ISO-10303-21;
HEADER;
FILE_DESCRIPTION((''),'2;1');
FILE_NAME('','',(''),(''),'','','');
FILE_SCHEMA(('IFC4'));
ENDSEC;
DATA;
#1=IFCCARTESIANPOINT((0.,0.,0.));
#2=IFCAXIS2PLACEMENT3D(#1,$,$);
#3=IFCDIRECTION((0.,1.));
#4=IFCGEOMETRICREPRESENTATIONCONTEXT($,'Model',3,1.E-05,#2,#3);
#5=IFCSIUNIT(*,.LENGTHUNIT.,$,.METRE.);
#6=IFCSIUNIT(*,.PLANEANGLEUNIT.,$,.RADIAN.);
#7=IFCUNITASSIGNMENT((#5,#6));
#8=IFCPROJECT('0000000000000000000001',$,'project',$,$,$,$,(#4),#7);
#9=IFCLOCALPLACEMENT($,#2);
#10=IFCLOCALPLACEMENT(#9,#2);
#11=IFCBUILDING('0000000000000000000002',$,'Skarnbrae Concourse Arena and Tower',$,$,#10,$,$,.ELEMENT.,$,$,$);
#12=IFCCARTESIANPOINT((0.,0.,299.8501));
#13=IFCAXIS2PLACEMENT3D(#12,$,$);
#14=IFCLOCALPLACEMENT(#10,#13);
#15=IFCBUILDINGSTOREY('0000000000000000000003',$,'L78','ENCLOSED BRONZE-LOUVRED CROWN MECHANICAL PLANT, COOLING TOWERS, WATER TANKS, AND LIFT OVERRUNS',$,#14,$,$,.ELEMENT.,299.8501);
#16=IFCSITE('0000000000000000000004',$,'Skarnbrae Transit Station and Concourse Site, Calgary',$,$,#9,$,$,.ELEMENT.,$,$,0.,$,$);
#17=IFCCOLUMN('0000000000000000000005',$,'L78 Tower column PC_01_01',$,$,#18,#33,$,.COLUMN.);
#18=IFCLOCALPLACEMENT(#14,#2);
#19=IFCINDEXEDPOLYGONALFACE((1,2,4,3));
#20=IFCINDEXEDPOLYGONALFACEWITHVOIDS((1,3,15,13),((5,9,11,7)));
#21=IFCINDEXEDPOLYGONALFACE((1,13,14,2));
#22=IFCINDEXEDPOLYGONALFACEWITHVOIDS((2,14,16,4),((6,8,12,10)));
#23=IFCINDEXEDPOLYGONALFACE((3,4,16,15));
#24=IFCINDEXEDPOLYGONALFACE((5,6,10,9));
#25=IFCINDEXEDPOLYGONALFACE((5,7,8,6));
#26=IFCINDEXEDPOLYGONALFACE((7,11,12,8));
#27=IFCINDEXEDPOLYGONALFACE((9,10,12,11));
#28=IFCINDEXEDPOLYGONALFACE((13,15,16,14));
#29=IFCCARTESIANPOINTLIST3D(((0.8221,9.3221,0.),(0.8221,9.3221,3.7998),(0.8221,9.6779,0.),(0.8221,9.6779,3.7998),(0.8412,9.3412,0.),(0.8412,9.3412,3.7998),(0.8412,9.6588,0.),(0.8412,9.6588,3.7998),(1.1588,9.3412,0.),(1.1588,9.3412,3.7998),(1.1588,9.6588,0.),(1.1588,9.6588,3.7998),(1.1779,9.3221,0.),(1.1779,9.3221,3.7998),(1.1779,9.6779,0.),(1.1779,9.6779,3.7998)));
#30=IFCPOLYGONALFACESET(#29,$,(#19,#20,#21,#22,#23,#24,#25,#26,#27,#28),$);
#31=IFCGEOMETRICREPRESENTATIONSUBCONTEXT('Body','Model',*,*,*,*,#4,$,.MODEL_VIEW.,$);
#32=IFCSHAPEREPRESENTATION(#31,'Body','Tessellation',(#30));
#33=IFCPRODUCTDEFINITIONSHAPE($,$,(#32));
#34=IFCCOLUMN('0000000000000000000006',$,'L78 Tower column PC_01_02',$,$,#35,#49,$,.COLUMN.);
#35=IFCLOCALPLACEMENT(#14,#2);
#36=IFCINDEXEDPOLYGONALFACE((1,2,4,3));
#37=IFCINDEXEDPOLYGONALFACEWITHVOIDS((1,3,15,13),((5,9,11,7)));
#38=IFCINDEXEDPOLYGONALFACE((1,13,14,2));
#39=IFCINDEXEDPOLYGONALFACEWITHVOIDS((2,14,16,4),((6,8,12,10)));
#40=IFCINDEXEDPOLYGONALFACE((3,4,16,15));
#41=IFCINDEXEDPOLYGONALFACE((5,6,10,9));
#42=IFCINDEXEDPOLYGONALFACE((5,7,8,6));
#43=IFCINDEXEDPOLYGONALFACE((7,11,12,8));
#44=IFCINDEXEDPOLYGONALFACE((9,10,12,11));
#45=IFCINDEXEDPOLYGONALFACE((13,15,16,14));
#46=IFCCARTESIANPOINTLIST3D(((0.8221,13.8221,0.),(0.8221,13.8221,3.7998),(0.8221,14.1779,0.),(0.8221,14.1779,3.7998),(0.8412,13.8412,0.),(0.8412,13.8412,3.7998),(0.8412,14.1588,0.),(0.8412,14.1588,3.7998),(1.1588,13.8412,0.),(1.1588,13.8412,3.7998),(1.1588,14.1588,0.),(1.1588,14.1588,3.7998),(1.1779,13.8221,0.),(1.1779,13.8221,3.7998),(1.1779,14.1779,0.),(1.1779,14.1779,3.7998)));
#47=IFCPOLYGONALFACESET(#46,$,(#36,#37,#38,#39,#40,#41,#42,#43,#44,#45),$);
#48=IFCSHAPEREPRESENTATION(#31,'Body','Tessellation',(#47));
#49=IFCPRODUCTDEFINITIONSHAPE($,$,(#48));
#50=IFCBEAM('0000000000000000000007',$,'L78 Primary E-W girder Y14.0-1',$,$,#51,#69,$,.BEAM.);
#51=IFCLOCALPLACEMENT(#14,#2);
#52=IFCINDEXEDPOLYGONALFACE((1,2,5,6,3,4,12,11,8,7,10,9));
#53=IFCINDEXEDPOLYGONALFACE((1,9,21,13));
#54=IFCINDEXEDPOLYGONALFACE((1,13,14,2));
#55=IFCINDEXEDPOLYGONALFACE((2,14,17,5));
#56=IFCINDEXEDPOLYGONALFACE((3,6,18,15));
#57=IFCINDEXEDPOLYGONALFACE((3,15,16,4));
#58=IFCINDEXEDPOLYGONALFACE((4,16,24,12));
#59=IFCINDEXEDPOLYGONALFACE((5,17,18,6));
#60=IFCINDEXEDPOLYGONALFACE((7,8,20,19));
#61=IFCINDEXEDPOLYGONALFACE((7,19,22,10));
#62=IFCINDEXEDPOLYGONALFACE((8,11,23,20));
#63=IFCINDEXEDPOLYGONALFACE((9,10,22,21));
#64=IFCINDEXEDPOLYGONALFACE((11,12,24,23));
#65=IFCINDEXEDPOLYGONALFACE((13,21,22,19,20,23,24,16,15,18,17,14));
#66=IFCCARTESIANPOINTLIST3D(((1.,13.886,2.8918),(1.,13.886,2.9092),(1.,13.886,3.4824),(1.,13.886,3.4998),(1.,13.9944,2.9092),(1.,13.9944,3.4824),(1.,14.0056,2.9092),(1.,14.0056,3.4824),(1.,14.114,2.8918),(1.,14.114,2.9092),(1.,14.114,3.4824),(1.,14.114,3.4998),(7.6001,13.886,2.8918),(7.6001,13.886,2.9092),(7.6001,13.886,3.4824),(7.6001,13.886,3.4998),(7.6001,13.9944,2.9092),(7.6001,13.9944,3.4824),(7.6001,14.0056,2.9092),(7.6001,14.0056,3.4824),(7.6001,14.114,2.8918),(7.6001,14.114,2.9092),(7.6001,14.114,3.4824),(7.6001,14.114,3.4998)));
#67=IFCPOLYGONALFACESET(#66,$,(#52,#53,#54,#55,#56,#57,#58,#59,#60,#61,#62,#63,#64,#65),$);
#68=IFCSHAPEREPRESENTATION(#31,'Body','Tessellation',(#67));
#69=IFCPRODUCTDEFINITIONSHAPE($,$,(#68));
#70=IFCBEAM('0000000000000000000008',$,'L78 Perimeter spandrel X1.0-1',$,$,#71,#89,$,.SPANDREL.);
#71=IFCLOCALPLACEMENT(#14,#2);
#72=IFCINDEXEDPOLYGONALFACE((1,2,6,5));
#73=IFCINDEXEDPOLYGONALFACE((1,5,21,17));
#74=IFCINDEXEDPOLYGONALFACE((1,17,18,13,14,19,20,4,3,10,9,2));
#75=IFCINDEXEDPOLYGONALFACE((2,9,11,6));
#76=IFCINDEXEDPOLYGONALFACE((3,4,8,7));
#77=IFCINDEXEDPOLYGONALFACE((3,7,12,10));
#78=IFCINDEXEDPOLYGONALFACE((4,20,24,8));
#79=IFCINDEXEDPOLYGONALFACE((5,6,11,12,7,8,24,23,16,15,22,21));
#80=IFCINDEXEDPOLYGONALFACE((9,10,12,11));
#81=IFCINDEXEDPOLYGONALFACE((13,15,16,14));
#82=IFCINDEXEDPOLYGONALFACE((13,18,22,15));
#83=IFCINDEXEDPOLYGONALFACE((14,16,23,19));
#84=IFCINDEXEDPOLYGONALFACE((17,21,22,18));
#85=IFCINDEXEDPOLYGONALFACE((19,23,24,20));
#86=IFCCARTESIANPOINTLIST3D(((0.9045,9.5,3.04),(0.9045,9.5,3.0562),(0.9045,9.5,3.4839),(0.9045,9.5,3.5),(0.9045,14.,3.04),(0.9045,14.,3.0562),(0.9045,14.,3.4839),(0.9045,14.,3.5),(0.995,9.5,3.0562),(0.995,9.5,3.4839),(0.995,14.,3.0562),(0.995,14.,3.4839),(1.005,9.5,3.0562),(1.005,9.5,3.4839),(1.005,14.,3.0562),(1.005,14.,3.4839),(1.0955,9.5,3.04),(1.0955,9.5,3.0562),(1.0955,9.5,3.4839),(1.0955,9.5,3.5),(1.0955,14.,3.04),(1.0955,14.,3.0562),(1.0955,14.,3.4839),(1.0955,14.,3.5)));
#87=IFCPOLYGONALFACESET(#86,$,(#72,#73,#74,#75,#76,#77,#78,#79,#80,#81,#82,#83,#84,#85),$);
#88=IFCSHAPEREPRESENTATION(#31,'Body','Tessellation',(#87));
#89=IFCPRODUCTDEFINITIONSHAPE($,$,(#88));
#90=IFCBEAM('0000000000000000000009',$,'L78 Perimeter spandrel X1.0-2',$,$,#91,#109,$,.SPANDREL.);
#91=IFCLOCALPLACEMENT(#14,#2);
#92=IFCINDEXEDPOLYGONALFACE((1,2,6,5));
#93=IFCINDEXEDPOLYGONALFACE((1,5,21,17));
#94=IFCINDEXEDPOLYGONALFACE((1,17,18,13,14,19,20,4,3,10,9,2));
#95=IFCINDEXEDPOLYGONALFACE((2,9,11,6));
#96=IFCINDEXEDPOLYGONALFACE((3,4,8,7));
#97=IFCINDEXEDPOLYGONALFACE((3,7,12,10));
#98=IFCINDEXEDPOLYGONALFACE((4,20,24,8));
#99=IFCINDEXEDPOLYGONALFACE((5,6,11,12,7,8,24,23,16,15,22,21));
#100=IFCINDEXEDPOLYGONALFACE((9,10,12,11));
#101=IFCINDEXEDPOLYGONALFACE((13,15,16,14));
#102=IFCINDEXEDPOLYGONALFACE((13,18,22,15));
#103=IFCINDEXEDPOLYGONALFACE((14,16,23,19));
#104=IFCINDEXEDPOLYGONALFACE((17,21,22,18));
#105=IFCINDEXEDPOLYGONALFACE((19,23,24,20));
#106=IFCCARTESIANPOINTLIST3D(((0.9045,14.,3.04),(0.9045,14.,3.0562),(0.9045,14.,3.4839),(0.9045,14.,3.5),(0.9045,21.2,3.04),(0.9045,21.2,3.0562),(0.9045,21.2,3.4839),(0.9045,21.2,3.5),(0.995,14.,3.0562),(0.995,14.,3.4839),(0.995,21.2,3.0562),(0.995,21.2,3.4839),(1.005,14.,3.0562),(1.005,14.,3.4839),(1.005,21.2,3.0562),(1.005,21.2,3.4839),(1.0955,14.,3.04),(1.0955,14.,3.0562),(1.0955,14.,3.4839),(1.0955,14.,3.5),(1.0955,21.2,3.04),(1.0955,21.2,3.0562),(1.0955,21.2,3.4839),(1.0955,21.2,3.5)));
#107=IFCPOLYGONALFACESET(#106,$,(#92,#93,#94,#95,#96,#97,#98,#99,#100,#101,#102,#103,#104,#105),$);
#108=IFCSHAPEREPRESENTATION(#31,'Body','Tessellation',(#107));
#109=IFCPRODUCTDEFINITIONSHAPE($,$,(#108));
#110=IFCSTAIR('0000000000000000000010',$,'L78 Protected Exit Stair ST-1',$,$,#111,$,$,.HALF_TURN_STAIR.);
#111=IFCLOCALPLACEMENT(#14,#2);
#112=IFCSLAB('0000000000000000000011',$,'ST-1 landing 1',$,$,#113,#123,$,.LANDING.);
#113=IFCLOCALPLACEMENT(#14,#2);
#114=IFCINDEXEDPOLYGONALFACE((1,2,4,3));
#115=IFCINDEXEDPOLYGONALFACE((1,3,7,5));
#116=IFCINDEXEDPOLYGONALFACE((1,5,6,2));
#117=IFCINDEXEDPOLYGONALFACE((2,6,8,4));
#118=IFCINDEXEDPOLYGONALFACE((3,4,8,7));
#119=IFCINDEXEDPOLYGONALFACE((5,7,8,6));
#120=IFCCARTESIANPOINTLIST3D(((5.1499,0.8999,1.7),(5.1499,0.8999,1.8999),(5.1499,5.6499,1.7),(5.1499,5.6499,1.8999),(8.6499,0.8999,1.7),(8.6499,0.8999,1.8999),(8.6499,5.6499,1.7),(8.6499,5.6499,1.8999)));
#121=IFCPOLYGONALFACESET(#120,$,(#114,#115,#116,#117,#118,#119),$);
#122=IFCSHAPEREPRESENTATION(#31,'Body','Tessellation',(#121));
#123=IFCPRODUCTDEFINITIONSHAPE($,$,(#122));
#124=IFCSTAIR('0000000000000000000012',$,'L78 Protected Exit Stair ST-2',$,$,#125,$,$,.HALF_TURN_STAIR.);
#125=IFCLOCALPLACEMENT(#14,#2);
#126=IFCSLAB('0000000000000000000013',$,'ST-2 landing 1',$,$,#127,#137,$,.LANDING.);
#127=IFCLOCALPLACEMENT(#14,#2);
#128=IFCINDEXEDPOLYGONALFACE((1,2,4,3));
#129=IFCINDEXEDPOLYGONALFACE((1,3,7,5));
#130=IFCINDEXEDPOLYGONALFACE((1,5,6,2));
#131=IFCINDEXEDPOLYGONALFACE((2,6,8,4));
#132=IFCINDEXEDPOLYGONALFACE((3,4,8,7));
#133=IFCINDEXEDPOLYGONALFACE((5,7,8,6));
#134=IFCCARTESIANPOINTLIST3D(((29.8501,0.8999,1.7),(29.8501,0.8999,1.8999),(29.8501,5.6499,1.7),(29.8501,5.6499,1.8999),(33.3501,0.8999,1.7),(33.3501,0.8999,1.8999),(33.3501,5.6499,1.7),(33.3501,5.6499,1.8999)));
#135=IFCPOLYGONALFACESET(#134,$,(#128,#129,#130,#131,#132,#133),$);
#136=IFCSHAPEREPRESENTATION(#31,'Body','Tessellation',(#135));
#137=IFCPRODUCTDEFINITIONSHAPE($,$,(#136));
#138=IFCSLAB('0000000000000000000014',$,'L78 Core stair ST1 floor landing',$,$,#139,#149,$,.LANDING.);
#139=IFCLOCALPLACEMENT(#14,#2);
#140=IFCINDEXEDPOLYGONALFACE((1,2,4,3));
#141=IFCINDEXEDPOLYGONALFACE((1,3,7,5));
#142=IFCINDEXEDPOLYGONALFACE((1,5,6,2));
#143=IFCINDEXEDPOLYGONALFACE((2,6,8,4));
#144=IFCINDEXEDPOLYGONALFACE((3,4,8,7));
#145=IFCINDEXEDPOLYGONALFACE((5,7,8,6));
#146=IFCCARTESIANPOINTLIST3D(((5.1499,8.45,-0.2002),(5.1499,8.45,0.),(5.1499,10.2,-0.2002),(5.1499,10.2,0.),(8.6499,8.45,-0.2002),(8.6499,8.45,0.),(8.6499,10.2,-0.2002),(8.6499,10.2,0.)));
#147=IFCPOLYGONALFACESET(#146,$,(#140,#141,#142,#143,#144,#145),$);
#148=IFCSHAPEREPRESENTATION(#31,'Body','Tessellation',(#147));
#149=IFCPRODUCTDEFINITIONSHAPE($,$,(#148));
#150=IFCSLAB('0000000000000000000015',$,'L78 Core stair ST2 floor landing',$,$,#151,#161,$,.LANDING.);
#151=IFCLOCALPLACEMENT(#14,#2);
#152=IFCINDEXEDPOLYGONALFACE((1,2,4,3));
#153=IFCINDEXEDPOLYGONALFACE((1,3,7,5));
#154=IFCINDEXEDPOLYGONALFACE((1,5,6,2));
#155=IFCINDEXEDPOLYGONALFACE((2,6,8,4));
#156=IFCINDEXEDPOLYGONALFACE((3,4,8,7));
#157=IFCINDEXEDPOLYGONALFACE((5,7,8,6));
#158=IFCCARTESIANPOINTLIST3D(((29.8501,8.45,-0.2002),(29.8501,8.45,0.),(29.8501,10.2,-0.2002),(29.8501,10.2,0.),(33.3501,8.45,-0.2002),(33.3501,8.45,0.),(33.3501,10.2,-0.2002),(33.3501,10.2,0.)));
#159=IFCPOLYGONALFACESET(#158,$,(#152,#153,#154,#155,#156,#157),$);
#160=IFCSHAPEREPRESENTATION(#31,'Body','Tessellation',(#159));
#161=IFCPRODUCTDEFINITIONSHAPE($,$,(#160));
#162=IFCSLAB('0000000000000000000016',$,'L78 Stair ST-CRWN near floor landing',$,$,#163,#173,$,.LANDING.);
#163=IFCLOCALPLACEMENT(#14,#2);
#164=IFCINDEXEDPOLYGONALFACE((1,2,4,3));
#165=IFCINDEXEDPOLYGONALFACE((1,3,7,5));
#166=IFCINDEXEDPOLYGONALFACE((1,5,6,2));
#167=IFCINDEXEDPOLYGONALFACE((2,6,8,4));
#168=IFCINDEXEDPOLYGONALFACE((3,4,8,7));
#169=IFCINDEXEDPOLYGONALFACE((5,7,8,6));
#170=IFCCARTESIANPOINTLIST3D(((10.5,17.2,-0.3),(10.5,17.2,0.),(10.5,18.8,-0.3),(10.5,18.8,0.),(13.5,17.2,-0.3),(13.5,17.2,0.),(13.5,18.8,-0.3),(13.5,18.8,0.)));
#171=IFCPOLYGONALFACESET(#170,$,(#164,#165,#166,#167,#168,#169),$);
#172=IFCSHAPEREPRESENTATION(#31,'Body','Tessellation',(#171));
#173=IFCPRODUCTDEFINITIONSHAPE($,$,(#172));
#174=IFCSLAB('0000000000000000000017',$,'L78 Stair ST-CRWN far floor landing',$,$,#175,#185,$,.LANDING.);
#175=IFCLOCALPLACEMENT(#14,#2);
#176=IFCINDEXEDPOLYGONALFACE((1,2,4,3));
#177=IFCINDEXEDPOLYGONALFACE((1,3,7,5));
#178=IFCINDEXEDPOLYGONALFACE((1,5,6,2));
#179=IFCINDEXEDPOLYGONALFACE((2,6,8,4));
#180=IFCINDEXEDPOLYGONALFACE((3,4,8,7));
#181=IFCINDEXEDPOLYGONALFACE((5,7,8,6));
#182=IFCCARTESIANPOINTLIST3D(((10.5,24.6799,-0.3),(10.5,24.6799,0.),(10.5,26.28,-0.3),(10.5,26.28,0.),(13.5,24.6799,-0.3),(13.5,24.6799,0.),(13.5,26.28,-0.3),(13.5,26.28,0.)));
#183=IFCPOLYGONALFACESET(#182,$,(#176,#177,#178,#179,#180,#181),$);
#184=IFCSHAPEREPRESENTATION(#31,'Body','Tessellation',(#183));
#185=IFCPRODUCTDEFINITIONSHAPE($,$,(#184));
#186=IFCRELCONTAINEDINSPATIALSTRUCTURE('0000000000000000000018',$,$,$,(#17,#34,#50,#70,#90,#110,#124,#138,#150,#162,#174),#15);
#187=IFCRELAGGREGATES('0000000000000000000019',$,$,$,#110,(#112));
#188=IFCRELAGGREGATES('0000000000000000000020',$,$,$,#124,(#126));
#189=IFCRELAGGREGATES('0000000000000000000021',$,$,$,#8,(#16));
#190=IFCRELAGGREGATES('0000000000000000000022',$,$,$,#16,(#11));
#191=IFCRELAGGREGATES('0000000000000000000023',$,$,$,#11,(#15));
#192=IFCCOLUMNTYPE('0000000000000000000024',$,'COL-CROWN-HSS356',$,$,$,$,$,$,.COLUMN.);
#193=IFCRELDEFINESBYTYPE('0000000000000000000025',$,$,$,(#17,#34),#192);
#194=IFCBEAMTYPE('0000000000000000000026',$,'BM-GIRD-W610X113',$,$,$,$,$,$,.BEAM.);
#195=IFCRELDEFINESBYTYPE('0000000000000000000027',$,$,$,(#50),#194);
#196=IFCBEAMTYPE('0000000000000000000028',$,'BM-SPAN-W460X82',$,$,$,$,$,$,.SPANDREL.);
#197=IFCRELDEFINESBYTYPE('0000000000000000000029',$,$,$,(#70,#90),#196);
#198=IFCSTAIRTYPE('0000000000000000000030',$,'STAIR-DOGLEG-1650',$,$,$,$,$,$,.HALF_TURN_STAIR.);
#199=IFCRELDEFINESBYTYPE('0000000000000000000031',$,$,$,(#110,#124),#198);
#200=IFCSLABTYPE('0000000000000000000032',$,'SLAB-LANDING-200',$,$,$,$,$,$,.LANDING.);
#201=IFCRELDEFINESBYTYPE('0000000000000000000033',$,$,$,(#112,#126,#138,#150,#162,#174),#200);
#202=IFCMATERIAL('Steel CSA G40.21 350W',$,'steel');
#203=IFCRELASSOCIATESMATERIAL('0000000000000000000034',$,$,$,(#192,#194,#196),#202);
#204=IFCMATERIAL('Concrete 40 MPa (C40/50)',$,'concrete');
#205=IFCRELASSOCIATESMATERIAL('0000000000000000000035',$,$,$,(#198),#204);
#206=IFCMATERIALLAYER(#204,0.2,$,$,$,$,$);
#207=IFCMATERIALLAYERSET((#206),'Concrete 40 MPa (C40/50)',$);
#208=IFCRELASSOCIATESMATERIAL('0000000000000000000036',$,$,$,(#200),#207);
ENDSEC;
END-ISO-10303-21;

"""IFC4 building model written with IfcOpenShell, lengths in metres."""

from ifc_helpers import new_model, si_unit, direction, frame, origin, origin_2d, place, context, subcontext, project, spatial, polyline, hollow_rectangle, i_section, outline, extrude, source, transform, mapped, material, layer, layer_set, material_profile, profile_set, type_object, element, aggregate, save


model = new_model("IFC4")

# Units and contexts
model_context = context("Model", 3, precision=1e-05, world=origin(), true_north=direction((0.0, 1.0)))
body_context = subcontext(model_context, "Body", "Model", "MODEL_VIEW")
ifc_project = project(units=[si_unit("LENGTHUNIT", "METRE"), si_unit("PLANEANGLEUNIT", "RADIAN")], contexts=[model_context])

# Site, building, storey
site_placement = place(None, origin())
site = spatial("IfcSite", under=ifc_project, at=site_placement, Name="Skarnbrae Transit Station and Concourse Site, Calgary", CompositionType="ELEMENT", RefElevation=0.0)
building_placement = place(site_placement, origin())
building = spatial("IfcBuilding", under=site, at=building_placement, Name="Skarnbrae Concourse Arena and Tower", CompositionType="ELEMENT")
storey_placement = place(building_placement, frame((0.0, 0.0, 299.8501)))
storey = spatial("IfcBuildingStorey", under=building, at=storey_placement, Name="L78", Description="ENCLOSED BRONZE-LOUVRED CROWN MECHANICAL PLANT, COOLING TOWERS, WATER TANKS, AND LIFT OVERRUNS", CompositionType="ELEMENT", Elevation=299.8501)

# Columns
ifc_material_1 = material(Name="Steel CSA G40.21 350W", Category="steel")
ifc_material_profile_1 = material_profile(ifc_material_1, hollow_rectangle(XDim=0.3557, YDim=0.3557, WallThickness=0.019, at=origin_2d()), Name="HSS356X356X19.0")
ifc_profile_set_1 = profile_set([ifc_material_profile_1], Name="Steel CSA G40.21 350W")
column_type = type_object("IfcColumnType", Name="COL-CROWN-HSS356", PredefinedType="COLUMN", material=ifc_profile_set_1)
shared_shape_1 = source(origin(), body_context, "Body", "SweptSolid", [
    extrude(hollow_rectangle(XDim=0.3557, YDim=0.3557, WallThickness=0.019, at=origin_2d()), origin(), (0.0, 0.0, 1.0), 3.7998),
])
for number, where, z_axis, x_axis, name in (
    (1, (1.0, 9.5, 0.0), (0.0, 0.0, 1.0), (1.0, 0.0, 0.0), "L78 Tower column PC_01_01"),
    (2, (1.0, 14.0, 0.0), (0.0, 0.0, 1.0), (1.0, 0.0, 0.0), "L78 Tower column PC_01_02"),
):
    element("IfcColumn", number, at=place(storey_placement, frame(where, z_axis=z_axis, x_axis=x_axis)), inside=storey, type_object=column_type, Name=name, PredefinedType="COLUMN", context=body_context, shape_type="MappedRepresentation", body=[
        mapped(shared_shape_1, transform((0.0, 0.0, 0.0))),
    ])

# Beams
ifc_material_profile_2 = material_profile(ifc_material_1, i_section(OverallWidth=0.228, OverallDepth=0.6079, WebThickness=0.0112, FlangeThickness=0.0173, at=origin_2d()), Name="W610X113")
ifc_profile_set_2 = profile_set([ifc_material_profile_2], Name="Steel CSA G40.21 350W")
beam_type_1 = type_object("IfcBeamType", Name="BM-GIRD-W610X113", PredefinedType="BEAM", material=ifc_profile_set_2)
shared_shape_2 = source(origin(), body_context, "Body", "SweptSolid", [
    extrude(i_section(OverallWidth=0.228, OverallDepth=0.6079, WebThickness=0.0112, FlangeThickness=0.0173, at=origin_2d()), origin(), (0.0, 0.0, 1.0), 6.6001),
])
beam_1_placement = place(storey_placement, frame((1.0, 14.0, 3.1958), z_axis=(1.0, 0.0, 0.0), x_axis=(0.0, 1.0, 0.0)))
element("IfcBeam", 3, at=beam_1_placement, inside=storey, type_object=beam_type_1, Name="L78 Primary E-W girder Y14.0-1", PredefinedType="BEAM", context=body_context, shape_type="MappedRepresentation", body=[
    mapped(shared_shape_2, transform((0.0, 0.0, 0.0))),
])
ifc_material_profile_3 = material_profile(ifc_material_1, i_section(OverallWidth=0.1909, OverallDepth=0.46, WebThickness=0.01, FlangeThickness=0.0161, at=origin_2d()), Name="W460X82")
ifc_profile_set_3 = profile_set([ifc_material_profile_3], Name="Steel CSA G40.21 350W")
beam_type_2 = type_object("IfcBeamType", Name="BM-SPAN-W460X82", PredefinedType="SPANDREL", material=ifc_profile_set_3)
shared_shape_3 = source(origin(), body_context, "Body", "SweptSolid", [
    extrude(i_section(OverallWidth=0.1909, OverallDepth=0.46, WebThickness=0.01, FlangeThickness=0.0161, at=origin_2d()), origin(), (0.0, 0.0, 1.0), 4.5),
])
beam_2_placement = place(storey_placement, frame((1.0, 9.5, 3.27), z_axis=(0.0, 1.0, 0.0), x_axis=(-1.0, 0.0, 0.0)))
element("IfcBeam", 4, at=beam_2_placement, inside=storey, type_object=beam_type_2, Name="L78 Perimeter spandrel X1.0-1", PredefinedType="SPANDREL", context=body_context, shape_type="MappedRepresentation", body=[
    mapped(shared_shape_3, transform((0.0, 0.0, 0.0))),
])
shared_shape_4 = source(origin(), body_context, "Body", "SweptSolid", [
    extrude(i_section(OverallWidth=0.1909, OverallDepth=0.46, WebThickness=0.01, FlangeThickness=0.0161, at=origin_2d()), origin(), (0.0, 0.0, 1.0), 7.2),
])
beam_3_placement = place(storey_placement, frame((1.0, 14.0, 3.27), z_axis=(0.0, 1.0, 0.0), x_axis=(-1.0, 0.0, 0.0)))
element("IfcBeam", 5, at=beam_3_placement, inside=storey, type_object=beam_type_2, Name="L78 Perimeter spandrel X1.0-2", PredefinedType="SPANDREL", context=body_context, shape_type="MappedRepresentation", body=[
    mapped(shared_shape_4, transform((0.0, 0.0, 0.0))),
])

# Stairs, slabs
ifc_material_2 = material(Name="Concrete 40 MPa (C40/50)", Category="concrete")
stair_type = type_object("IfcStairType", Name="STAIR-DOGLEG-1650", PredefinedType="HALF_TURN_STAIR", material=ifc_material_2)
stair_1_placement = place(storey_placement, origin())
stair_1 = element("IfcStair", 6, at=stair_1_placement, inside=storey, type_object=stair_type, Name="L78 Protected Exit Stair ST-1", PredefinedType="HALF_TURN_STAIR")
ifc_layer_1 = layer(ifc_material_2, 0.2)
ifc_layer_set_1 = layer_set([ifc_layer_1], Name="Concrete 40 MPa (C40/50)")
slab_type_1 = type_object("IfcSlabType", Name="SLAB-LANDING-200", PredefinedType="LANDING", material=ifc_layer_set_1)
slab_1_placement = place(storey_placement, frame((0.0, 0.0, 1.7)))
slab_1 = element("IfcSlab", 7, at=slab_1_placement, type_object=slab_type_1, Name="ST-1 landing 1", PredefinedType="LANDING", context=body_context, shape_type="SweptSolid", body=[
    extrude(outline(polyline([(5.1499, 5.6499), (5.1499, 0.8999), (8.6499, 0.8999), (8.6499, 5.6499), (5.1499, 5.6499)])), origin(), (0.0, 0.0, 1.0), 0.2),
])
aggregate(stair_1, [slab_1])
stair_2_placement = place(storey_placement, origin())
stair_2 = element("IfcStair", 8, at=stair_2_placement, inside=storey, type_object=stair_type, Name="L78 Protected Exit Stair ST-2", PredefinedType="HALF_TURN_STAIR")
slab_2_placement = place(storey_placement, frame((0.0, 0.0, 1.7)))
slab_2 = element("IfcSlab", 9, at=slab_2_placement, type_object=slab_type_1, Name="ST-2 landing 1", PredefinedType="LANDING", context=body_context, shape_type="SweptSolid", body=[
    extrude(outline(polyline([(29.8501, 5.6499), (29.8501, 0.8999), (33.3501, 0.8999), (33.3501, 5.6499), (29.8501, 5.6499)])), origin(), (0.0, 0.0, 1.0), 0.2),
])
aggregate(stair_2, [slab_2])

# Slabs
slab_3_placement = place(storey_placement, frame((0.0, 0.0, -0.2002)))
element("IfcSlab", 10, at=slab_3_placement, inside=storey, type_object=slab_type_1, Name="L78 Core stair ST1 floor landing", PredefinedType="LANDING", context=body_context, shape_type="SweptSolid", body=[
    extrude(outline(polyline([(5.1499, 10.2), (5.1499, 8.45), (8.6499, 8.45), (8.6499, 10.2), (5.1499, 10.2)])), origin(), (0.0, 0.0, 1.0), 0.2002),
])
slab_4_placement = place(storey_placement, frame((0.0, 0.0, -0.2002)))
element("IfcSlab", 11, at=slab_4_placement, inside=storey, type_object=slab_type_1, Name="L78 Core stair ST2 floor landing", PredefinedType="LANDING", context=body_context, shape_type="SweptSolid", body=[
    extrude(outline(polyline([(29.8501, 10.2), (29.8501, 8.45), (33.3501, 8.45), (33.3501, 10.2), (29.8501, 10.2)])), origin(), (0.0, 0.0, 1.0), 0.2002),
])
slab_5_placement = place(storey_placement, frame((0.0, 0.0, -0.3)))
element("IfcSlab", 12, at=slab_5_placement, inside=storey, type_object=slab_type_1, Name="L78 Stair ST-CRWN near floor landing", PredefinedType="LANDING", context=body_context, shape_type="SweptSolid", body=[
    extrude(outline(polyline([(13.5, 17.2), (13.5, 18.8), (10.5, 18.8), (10.5, 17.2), (13.5, 17.2)])), origin(), (0.0, 0.0, 1.0), 0.3),
])
slab_6_placement = place(storey_placement, frame((0.0, 0.0, -0.3)))
element("IfcSlab", 13, at=slab_6_placement, inside=storey, type_object=slab_type_1, Name="L78 Stair ST-CRWN far floor landing", PredefinedType="LANDING", context=body_context, shape_type="SweptSolid", body=[
    extrude(outline(polyline([(13.5, 24.6799), (13.5, 26.28), (10.5, 26.28), (10.5, 24.6799), (13.5, 24.6799)])), origin(), (0.0, 0.0, 1.0), 0.3),
])

save(model, "model.ifc")
